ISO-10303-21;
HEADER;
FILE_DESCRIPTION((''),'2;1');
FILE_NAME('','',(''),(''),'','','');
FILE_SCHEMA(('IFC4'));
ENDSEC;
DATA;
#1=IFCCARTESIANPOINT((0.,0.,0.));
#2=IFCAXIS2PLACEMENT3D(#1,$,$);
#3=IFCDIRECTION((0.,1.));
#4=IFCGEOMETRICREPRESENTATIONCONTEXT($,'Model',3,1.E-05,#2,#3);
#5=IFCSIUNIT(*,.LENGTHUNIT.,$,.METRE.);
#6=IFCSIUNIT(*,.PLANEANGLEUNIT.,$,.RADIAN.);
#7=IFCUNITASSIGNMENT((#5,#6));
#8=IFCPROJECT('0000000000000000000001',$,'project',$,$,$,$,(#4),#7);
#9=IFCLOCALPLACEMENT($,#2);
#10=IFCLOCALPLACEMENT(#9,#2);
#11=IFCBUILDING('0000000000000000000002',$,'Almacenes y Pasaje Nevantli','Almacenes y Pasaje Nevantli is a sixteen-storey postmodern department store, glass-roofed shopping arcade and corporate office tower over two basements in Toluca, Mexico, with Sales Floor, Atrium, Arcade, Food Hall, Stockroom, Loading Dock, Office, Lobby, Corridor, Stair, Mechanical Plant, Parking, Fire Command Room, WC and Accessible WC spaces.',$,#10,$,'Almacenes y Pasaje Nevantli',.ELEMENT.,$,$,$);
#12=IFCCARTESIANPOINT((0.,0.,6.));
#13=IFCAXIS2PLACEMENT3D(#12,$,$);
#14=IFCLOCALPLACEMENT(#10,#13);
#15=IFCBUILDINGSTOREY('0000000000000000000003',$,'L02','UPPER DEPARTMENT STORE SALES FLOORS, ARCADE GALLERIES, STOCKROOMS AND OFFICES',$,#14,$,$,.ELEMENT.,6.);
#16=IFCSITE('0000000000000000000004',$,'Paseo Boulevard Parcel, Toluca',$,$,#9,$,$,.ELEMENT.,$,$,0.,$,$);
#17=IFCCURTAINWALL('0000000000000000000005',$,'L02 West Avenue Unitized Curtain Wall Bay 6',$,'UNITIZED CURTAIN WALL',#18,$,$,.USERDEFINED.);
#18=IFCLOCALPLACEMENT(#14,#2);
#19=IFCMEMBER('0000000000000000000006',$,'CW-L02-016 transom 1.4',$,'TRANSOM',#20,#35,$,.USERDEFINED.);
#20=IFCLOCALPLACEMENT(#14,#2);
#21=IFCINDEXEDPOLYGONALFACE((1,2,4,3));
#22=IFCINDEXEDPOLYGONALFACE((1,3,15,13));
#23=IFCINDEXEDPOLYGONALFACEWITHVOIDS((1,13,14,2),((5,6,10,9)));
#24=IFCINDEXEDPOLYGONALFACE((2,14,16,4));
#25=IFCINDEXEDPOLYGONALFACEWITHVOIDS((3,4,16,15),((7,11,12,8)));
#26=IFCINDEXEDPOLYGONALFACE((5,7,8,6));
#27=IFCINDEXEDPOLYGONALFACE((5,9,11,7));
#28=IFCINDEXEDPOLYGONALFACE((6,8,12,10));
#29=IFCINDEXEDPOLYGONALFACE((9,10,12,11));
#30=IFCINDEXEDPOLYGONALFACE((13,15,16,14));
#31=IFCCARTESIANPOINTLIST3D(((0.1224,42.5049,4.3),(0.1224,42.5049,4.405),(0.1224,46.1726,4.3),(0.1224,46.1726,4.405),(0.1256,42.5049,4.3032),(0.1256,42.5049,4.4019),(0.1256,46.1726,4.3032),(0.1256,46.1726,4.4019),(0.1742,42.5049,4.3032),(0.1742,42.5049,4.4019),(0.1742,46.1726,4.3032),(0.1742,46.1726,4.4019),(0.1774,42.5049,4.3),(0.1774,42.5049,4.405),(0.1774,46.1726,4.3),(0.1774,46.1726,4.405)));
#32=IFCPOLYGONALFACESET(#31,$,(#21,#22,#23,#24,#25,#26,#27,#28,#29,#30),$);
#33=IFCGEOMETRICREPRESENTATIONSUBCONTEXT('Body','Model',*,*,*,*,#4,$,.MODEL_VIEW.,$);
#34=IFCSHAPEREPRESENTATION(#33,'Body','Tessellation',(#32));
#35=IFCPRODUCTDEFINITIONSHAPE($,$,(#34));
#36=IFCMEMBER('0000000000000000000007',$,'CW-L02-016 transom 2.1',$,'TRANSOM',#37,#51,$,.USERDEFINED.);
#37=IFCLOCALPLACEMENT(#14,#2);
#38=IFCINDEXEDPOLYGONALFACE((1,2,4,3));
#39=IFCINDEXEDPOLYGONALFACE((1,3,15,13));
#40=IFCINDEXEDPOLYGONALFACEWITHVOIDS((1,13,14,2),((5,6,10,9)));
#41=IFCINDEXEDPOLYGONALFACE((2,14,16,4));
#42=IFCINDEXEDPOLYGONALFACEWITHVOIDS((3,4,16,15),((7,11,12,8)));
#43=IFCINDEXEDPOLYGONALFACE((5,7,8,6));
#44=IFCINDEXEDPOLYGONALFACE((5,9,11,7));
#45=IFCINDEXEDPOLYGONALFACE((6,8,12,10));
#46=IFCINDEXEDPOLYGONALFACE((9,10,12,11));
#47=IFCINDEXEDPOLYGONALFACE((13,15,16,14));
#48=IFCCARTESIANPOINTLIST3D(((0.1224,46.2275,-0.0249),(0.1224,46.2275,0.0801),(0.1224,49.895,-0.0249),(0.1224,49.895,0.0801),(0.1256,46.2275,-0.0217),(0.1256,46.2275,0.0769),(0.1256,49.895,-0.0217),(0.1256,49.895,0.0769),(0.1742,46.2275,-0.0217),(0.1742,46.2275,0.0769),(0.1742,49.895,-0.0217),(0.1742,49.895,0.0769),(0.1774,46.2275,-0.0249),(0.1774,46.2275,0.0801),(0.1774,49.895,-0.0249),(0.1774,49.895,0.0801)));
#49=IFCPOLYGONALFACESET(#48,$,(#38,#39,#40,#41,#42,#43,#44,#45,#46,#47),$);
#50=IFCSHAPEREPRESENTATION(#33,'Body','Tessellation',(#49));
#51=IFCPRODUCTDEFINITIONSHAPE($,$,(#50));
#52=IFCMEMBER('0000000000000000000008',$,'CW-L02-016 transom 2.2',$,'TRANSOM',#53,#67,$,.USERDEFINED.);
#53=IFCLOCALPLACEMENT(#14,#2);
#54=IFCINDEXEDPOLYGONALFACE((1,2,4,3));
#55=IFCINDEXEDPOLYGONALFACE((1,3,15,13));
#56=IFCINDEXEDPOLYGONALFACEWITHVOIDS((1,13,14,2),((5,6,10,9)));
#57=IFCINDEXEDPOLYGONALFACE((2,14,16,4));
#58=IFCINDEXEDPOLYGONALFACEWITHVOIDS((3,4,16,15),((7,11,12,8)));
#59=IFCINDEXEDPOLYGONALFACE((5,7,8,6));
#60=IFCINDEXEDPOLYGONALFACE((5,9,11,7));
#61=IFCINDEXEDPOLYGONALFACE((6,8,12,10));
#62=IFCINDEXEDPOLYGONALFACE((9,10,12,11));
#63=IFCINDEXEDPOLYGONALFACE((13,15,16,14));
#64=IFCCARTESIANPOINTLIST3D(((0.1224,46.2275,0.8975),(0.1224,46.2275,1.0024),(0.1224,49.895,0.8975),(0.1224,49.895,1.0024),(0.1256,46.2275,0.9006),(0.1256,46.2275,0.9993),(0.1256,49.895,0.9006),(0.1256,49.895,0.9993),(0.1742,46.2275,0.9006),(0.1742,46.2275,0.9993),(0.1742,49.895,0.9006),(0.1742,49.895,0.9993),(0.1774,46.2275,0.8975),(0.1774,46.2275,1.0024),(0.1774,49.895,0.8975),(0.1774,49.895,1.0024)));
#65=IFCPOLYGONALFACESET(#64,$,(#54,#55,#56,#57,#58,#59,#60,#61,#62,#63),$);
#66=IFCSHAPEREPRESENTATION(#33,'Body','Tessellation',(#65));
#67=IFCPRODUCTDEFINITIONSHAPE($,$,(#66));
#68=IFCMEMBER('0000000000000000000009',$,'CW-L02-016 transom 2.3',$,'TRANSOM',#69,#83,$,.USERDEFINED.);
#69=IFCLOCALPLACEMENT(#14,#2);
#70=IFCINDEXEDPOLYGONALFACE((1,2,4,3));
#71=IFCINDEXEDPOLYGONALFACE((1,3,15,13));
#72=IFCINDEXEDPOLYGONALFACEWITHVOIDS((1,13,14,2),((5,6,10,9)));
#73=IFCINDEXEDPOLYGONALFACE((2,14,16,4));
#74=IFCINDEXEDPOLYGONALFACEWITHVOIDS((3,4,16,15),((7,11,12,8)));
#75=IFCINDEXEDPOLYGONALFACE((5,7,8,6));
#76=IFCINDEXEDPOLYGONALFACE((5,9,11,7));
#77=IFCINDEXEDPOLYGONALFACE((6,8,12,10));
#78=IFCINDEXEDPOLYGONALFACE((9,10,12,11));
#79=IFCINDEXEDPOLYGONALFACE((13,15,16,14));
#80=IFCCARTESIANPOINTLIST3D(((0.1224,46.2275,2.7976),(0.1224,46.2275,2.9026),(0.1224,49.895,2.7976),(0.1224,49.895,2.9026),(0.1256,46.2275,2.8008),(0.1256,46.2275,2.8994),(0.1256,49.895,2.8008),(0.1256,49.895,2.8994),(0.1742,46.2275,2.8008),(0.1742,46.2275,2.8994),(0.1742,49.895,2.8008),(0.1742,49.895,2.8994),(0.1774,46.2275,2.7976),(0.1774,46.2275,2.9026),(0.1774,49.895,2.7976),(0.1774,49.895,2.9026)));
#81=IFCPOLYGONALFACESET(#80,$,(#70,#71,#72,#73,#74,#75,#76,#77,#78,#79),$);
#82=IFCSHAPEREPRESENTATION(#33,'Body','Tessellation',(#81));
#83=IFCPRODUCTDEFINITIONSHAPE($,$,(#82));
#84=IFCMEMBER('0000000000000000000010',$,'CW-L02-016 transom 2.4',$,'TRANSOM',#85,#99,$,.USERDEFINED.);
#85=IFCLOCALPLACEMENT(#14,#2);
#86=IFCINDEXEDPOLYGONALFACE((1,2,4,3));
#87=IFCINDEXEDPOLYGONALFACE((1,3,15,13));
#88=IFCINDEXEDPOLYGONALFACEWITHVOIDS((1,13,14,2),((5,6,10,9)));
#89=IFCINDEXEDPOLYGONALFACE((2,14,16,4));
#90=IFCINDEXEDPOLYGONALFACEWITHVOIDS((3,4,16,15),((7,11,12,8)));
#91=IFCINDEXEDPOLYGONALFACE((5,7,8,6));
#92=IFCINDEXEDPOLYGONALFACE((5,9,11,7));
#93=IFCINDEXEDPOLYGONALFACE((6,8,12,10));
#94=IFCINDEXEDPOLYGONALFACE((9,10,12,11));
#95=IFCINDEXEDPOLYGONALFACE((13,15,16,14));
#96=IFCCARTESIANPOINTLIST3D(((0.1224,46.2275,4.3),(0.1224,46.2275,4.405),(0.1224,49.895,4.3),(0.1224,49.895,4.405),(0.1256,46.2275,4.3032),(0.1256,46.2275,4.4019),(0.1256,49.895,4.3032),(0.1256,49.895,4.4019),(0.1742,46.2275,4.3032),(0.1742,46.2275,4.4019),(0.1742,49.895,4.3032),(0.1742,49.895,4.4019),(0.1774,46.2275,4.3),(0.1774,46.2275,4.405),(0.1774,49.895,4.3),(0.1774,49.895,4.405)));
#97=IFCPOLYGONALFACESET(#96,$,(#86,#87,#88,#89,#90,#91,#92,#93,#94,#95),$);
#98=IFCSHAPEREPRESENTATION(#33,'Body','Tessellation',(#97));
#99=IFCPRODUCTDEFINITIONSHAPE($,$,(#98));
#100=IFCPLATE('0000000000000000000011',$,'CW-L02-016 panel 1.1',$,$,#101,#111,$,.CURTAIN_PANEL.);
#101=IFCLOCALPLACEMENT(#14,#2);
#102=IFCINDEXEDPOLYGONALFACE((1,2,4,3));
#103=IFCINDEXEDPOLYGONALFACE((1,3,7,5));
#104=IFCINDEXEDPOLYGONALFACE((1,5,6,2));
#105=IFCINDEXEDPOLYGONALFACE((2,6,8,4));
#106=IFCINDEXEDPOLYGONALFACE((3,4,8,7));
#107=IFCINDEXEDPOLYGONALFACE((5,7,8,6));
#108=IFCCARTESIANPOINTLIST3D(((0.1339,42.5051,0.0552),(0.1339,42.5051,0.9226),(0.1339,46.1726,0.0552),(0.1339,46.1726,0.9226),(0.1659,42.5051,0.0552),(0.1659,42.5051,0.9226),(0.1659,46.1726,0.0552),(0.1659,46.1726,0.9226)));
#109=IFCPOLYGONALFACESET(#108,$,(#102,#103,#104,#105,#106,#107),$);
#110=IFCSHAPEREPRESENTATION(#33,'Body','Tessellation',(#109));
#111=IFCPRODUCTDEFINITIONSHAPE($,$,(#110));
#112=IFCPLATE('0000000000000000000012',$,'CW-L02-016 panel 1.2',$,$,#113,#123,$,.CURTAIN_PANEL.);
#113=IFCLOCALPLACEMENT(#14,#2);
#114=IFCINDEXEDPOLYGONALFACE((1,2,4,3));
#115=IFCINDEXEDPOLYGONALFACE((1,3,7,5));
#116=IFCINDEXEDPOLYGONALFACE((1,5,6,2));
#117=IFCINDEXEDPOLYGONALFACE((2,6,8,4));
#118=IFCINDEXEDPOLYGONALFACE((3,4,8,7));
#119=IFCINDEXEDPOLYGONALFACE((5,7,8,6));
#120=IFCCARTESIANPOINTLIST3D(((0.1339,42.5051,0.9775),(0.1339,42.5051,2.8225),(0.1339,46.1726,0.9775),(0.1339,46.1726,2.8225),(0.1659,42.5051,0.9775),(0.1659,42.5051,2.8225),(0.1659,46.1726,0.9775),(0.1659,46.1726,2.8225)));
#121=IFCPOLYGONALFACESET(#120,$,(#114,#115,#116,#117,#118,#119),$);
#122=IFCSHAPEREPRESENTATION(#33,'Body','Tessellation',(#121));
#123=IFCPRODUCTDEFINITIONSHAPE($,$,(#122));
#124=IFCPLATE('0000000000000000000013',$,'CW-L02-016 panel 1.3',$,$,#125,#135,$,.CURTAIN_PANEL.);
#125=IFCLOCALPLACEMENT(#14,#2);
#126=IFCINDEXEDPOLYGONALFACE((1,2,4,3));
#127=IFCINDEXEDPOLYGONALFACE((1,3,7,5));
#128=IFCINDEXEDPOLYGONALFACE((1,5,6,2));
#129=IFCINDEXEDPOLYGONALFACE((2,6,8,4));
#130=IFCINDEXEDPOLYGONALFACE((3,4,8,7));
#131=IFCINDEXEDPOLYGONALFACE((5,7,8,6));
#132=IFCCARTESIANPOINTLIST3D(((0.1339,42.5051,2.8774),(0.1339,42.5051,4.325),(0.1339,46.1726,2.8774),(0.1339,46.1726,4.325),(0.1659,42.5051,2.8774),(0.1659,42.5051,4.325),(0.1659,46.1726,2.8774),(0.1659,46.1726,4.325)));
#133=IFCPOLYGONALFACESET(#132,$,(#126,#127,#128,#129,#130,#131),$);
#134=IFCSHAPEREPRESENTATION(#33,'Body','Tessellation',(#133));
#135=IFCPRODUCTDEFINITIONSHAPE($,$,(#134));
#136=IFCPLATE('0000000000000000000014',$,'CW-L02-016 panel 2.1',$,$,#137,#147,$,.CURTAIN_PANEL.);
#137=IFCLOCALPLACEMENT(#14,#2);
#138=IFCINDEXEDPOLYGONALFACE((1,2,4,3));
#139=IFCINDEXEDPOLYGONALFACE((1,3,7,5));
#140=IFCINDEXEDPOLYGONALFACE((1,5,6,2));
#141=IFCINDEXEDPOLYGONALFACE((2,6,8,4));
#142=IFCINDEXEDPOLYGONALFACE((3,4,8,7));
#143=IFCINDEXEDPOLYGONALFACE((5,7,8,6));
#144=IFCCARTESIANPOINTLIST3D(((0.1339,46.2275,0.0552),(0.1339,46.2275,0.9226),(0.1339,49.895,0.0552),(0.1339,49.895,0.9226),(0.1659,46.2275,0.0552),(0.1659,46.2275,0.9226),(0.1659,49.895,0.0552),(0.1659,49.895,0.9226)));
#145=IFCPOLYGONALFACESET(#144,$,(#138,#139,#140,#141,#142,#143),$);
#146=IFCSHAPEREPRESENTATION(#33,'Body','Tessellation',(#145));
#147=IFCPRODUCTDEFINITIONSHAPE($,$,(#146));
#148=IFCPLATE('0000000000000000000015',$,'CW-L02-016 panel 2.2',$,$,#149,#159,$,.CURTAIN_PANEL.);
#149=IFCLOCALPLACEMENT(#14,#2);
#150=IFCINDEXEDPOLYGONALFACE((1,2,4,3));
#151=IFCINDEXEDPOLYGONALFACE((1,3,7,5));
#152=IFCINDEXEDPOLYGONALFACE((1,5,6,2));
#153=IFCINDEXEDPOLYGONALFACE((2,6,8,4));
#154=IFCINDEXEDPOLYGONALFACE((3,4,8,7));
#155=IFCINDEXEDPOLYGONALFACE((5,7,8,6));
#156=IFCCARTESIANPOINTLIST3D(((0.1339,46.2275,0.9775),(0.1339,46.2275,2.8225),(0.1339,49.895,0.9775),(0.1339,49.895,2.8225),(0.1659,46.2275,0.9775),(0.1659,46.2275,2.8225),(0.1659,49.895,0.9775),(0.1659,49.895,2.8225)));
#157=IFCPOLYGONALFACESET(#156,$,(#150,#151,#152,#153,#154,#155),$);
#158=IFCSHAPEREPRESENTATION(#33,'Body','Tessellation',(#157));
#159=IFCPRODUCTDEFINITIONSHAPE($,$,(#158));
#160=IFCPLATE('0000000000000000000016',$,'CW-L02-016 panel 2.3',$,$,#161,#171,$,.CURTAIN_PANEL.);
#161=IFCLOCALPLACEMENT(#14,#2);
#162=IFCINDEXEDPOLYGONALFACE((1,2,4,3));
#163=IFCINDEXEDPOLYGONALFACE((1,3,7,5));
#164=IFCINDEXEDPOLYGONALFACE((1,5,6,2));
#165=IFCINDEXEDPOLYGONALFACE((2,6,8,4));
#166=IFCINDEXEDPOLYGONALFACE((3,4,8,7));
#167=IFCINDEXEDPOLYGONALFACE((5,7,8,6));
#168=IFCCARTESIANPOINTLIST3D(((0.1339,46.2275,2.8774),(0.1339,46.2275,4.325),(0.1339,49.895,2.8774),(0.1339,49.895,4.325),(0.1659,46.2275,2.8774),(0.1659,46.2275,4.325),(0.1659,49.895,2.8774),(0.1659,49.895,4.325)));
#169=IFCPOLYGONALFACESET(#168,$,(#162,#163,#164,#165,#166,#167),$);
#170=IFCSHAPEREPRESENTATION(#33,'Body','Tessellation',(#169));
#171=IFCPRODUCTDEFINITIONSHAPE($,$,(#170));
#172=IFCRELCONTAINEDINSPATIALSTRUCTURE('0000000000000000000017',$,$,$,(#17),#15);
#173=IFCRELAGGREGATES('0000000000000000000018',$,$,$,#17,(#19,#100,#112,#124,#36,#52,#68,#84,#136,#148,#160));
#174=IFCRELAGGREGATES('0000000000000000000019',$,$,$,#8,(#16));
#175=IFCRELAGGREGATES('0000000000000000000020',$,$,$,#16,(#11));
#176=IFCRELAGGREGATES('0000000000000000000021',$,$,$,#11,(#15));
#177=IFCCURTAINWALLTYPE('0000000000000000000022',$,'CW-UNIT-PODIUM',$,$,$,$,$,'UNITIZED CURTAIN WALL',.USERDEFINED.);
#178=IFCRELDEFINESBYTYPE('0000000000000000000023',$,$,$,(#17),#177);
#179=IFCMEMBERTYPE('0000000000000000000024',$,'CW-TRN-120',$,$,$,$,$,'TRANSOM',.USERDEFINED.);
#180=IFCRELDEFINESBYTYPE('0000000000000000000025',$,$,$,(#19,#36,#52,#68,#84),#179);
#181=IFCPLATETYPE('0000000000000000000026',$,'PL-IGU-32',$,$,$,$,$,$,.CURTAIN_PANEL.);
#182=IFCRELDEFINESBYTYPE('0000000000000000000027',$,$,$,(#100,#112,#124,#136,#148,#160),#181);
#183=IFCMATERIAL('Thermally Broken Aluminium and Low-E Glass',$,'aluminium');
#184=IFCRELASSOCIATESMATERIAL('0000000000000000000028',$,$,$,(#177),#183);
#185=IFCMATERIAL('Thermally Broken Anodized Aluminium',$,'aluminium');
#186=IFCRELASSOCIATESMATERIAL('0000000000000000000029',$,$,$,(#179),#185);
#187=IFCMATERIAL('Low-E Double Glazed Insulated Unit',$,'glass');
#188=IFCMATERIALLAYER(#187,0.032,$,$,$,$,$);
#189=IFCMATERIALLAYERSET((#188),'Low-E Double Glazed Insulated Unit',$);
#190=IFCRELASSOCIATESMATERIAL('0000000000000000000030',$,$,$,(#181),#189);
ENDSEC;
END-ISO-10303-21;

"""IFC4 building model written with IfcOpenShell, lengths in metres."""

from ifc_helpers import new_model, si_unit, direction, frame, origin, origin_2d, place, context, subcontext, project, spatial, rectangle, hollow_rectangle, extrude, material, layer, layer_set, material_profile, profile_set, type_object, element, aggregate, save


model = new_model("IFC4")

# Units and contexts
model_context = context("Model", 3, precision=1e-05, world=origin(), true_north=direction((0.0, 1.0)))
body_context = subcontext(model_context, "Body", "Model", "MODEL_VIEW")
ifc_project = project(units=[si_unit("LENGTHUNIT", "METRE"), si_unit("PLANEANGLEUNIT", "RADIAN")], contexts=[model_context])

# Site, building, storey
site_placement = place(None, origin())
site = spatial("IfcSite", under=ifc_project, at=site_placement, Name="Paseo Boulevard Parcel, Toluca", CompositionType="ELEMENT", RefElevation=0.0)
building_placement = place(site_placement, origin())
building = spatial("IfcBuilding", under=site, at=building_placement, Name="Almacenes y Pasaje Nevantli", Description="Almacenes y Pasaje Nevantli is a sixteen-storey postmodern department store, glass-roofed shopping arcade and corporate office tower over two basements in Toluca, Mexico, with Sales Floor, Atrium, Arcade, Food Hall, Stockroom, Loading Dock, Office, Lobby, Corridor, Stair, Mechanical Plant, Parking, Fire Command Room, WC and Accessible WC spaces.", LongName="Almacenes y Pasaje Nevantli", CompositionType="ELEMENT")
storey_placement = place(building_placement, frame((0.0, 0.0, 6.0)))
storey = spatial("IfcBuildingStorey", under=building, at=storey_placement, Name="L02", Description="UPPER DEPARTMENT STORE SALES FLOORS, ARCADE GALLERIES, STOCKROOMS AND OFFICES", CompositionType="ELEMENT", Elevation=6.0)

# Curtain wall, members, plates
ifc_material_1 = material(Name="Thermally Broken Aluminium and Low-E Glass", Category="aluminium")
curtain_wall_type = type_object("IfcCurtainWallType", Name="CW-UNIT-PODIUM", ElementType="UNITIZED CURTAIN WALL", PredefinedType="USERDEFINED", material=ifc_material_1)
curtain_wall_placement = place(storey_placement, origin())
curtain_wall = element("IfcCurtainWall", 1, at=curtain_wall_placement, inside=storey, type_object=curtain_wall_type, Name="L02 West Avenue Unitized Curtain Wall Bay 6", ObjectType="UNITIZED CURTAIN WALL", PredefinedType="USERDEFINED")
ifc_material_2 = material(Name="Thermally Broken Anodized Aluminium", Category="aluminium")
ifc_material_profile_1 = material_profile(ifc_material_2, hollow_rectangle(XDim=0.0549, YDim=0.105, WallThickness=0.0032, at=origin_2d()), Name="ALU-TRN-55x105")
ifc_profile_set_1 = profile_set([ifc_material_profile_1], Name="Thermally Broken Anodized Aluminium")
member_type_1 = type_object("IfcMemberType", Name="CW-TRN-120", ElementType="TRANSOM", PredefinedType="USERDEFINED", material=ifc_profile_set_1)
member_1_placement = place(storey_placement, frame((0.1499, 42.5049, 4.3525), z_axis=(0.0, 1.0, 0.0), x_axis=(-1.0, 0.0, 0.0)))
member_1 = element("IfcMember", 2, at=member_1_placement, type_object=member_type_1, Name="CW-L02-016 transom 1.4", ObjectType="TRANSOM", PredefinedType="USERDEFINED", context=body_context, shape_type="SweptSolid", body=[
    extrude(hollow_rectangle(XDim=0.0549, YDim=0.105, WallThickness=0.0032, at=origin_2d()), origin(), (0.0, 0.0, 1.0), 3.6677),
])
member_2_placement = place(storey_placement, frame((0.1499, 46.2275, 0.0276), z_axis=(0.0, 1.0, 0.0), x_axis=(-1.0, 0.0, 0.0)))
member_2 = element("IfcMember", 3, at=member_2_placement, type_object=member_type_1, Name="CW-L02-016 transom 2.1", ObjectType="TRANSOM", PredefinedType="USERDEFINED", context=body_context, shape_type="SweptSolid", body=[
    extrude(hollow_rectangle(XDim=0.0549, YDim=0.105, WallThickness=0.0032, at=origin_2d()), origin(), (0.0, 0.0, 1.0), 3.6675),
])
member_3_placement = place(storey_placement, frame((0.1499, 46.2275, 0.95), z_axis=(0.0, 1.0, 0.0), x_axis=(-1.0, 0.0, 0.0)))
member_3 = element("IfcMember", 4, at=member_3_placement, type_object=member_type_1, Name="CW-L02-016 transom 2.2", ObjectType="TRANSOM", PredefinedType="USERDEFINED", context=body_context, shape_type="SweptSolid", body=[
    extrude(hollow_rectangle(XDim=0.0549, YDim=0.105, WallThickness=0.0032, at=origin_2d()), origin(), (0.0, 0.0, 1.0), 3.6675),
])
member_4_placement = place(storey_placement, frame((0.1499, 46.2275, 2.8501), z_axis=(0.0, 1.0, 0.0), x_axis=(-1.0, 0.0, 0.0)))
member_4 = element("IfcMember", 5, at=member_4_placement, type_object=member_type_1, Name="CW-L02-016 transom 2.3", ObjectType="TRANSOM", PredefinedType="USERDEFINED", context=body_context, shape_type="SweptSolid", body=[
    extrude(hollow_rectangle(XDim=0.0549, YDim=0.105, WallThickness=0.0032, at=origin_2d()), origin(), (0.0, 0.0, 1.0), 3.6675),
])
member_5_placement = place(storey_placement, frame((0.1499, 46.2275, 4.3525), z_axis=(0.0, 1.0, 0.0), x_axis=(-1.0, 0.0, 0.0)))
member_5 = element("IfcMember", 6, at=member_5_placement, type_object=member_type_1, Name="CW-L02-016 transom 2.4", ObjectType="TRANSOM", PredefinedType="USERDEFINED", context=body_context, shape_type="SweptSolid", body=[
    extrude(hollow_rectangle(XDim=0.0549, YDim=0.105, WallThickness=0.0032, at=origin_2d()), origin(), (0.0, 0.0, 1.0), 3.6675),
])
ifc_material_3 = material(Name="Low-E Double Glazed Insulated Unit", Category="glass")
ifc_layer_1 = layer(ifc_material_3, 0.032)
ifc_layer_set_1 = layer_set([ifc_layer_1], Name="Low-E Double Glazed Insulated Unit")
plate_type = type_object("IfcPlateType", Name="PL-IGU-32", PredefinedType="CURTAIN_PANEL", material=ifc_layer_set_1)
plate_1_placement = place(storey_placement, frame((0.1499, 44.3389, 0.0552), z_axis=(0.0, 0.0, 1.0), x_axis=(0.0, 1.0, 0.0)))
plate_1 = element("IfcPlate", 7, at=plate_1_placement, type_object=plate_type, Name="CW-L02-016 panel 1.1", PredefinedType="CURTAIN_PANEL", context=body_context, shape_type="SweptSolid", body=[
    extrude(rectangle(XDim=3.6675, YDim=0.032, at=origin_2d()), origin(), (0.0, 0.0, 1.0), 0.8674),
])
plate_2_placement = place(storey_placement, frame((0.1499, 44.3389, 0.9775), z_axis=(0.0, 0.0, 1.0), x_axis=(0.0, 1.0, 0.0)))
plate_2 = element("IfcPlate", 8, at=plate_2_placement, type_object=plate_type, Name="CW-L02-016 panel 1.2", PredefinedType="CURTAIN_PANEL", context=body_context, shape_type="SweptSolid", body=[
    extrude(rectangle(XDim=3.6675, YDim=0.032, at=origin_2d()), origin(), (0.0, 0.0, 1.0), 1.845),
])
plate_3_placement = place(storey_placement, frame((0.1499, 44.3389, 2.8774), z_axis=(0.0, 0.0, 1.0), x_axis=(0.0, 1.0, 0.0)))
plate_3 = element("IfcPlate", 9, at=plate_3_placement, type_object=plate_type, Name="CW-L02-016 panel 1.3", PredefinedType="CURTAIN_PANEL", context=body_context, shape_type="SweptSolid", body=[
    extrude(rectangle(XDim=3.6675, YDim=0.032, at=origin_2d()), origin(), (0.0, 0.0, 1.0), 1.4475),
])
plate_4_placement = place(storey_placement, frame((0.1499, 48.0613, 0.0552), z_axis=(0.0, 0.0, 1.0), x_axis=(0.0, 1.0, 0.0)))
plate_4 = element("IfcPlate", 10, at=plate_4_placement, type_object=plate_type, Name="CW-L02-016 panel 2.1", PredefinedType="CURTAIN_PANEL", context=body_context, shape_type="SweptSolid", body=[
    extrude(rectangle(XDim=3.6675, YDim=0.032, at=origin_2d()), origin(), (0.0, 0.0, 1.0), 0.8674),
])
plate_5_placement = place(storey_placement, frame((0.1499, 48.0613, 0.9775), z_axis=(0.0, 0.0, 1.0), x_axis=(0.0, 1.0, 0.0)))
plate_5 = element("IfcPlate", 11, at=plate_5_placement, type_object=plate_type, Name="CW-L02-016 panel 2.2", PredefinedType="CURTAIN_PANEL", context=body_context, shape_type="SweptSolid", body=[
    extrude(rectangle(XDim=3.6675, YDim=0.032, at=origin_2d()), origin(), (0.0, 0.0, 1.0), 1.845),
])
plate_6_placement = place(storey_placement, frame((0.1499, 48.0613, 2.8774), z_axis=(0.0, 0.0, 1.0), x_axis=(0.0, 1.0, 0.0)))
plate_6 = element("IfcPlate", 12, at=plate_6_placement, type_object=plate_type, Name="CW-L02-016 panel 2.3", PredefinedType="CURTAIN_PANEL", context=body_context, shape_type="SweptSolid", body=[
    extrude(rectangle(XDim=3.6675, YDim=0.032, at=origin_2d()), origin(), (0.0, 0.0, 1.0), 1.4475),
])
aggregate(curtain_wall, [member_1, plate_1, plate_2, plate_3, member_2, member_3, member_4, member_5, plate_4, plate_5, plate_6])

save(model, "model.ifc")
